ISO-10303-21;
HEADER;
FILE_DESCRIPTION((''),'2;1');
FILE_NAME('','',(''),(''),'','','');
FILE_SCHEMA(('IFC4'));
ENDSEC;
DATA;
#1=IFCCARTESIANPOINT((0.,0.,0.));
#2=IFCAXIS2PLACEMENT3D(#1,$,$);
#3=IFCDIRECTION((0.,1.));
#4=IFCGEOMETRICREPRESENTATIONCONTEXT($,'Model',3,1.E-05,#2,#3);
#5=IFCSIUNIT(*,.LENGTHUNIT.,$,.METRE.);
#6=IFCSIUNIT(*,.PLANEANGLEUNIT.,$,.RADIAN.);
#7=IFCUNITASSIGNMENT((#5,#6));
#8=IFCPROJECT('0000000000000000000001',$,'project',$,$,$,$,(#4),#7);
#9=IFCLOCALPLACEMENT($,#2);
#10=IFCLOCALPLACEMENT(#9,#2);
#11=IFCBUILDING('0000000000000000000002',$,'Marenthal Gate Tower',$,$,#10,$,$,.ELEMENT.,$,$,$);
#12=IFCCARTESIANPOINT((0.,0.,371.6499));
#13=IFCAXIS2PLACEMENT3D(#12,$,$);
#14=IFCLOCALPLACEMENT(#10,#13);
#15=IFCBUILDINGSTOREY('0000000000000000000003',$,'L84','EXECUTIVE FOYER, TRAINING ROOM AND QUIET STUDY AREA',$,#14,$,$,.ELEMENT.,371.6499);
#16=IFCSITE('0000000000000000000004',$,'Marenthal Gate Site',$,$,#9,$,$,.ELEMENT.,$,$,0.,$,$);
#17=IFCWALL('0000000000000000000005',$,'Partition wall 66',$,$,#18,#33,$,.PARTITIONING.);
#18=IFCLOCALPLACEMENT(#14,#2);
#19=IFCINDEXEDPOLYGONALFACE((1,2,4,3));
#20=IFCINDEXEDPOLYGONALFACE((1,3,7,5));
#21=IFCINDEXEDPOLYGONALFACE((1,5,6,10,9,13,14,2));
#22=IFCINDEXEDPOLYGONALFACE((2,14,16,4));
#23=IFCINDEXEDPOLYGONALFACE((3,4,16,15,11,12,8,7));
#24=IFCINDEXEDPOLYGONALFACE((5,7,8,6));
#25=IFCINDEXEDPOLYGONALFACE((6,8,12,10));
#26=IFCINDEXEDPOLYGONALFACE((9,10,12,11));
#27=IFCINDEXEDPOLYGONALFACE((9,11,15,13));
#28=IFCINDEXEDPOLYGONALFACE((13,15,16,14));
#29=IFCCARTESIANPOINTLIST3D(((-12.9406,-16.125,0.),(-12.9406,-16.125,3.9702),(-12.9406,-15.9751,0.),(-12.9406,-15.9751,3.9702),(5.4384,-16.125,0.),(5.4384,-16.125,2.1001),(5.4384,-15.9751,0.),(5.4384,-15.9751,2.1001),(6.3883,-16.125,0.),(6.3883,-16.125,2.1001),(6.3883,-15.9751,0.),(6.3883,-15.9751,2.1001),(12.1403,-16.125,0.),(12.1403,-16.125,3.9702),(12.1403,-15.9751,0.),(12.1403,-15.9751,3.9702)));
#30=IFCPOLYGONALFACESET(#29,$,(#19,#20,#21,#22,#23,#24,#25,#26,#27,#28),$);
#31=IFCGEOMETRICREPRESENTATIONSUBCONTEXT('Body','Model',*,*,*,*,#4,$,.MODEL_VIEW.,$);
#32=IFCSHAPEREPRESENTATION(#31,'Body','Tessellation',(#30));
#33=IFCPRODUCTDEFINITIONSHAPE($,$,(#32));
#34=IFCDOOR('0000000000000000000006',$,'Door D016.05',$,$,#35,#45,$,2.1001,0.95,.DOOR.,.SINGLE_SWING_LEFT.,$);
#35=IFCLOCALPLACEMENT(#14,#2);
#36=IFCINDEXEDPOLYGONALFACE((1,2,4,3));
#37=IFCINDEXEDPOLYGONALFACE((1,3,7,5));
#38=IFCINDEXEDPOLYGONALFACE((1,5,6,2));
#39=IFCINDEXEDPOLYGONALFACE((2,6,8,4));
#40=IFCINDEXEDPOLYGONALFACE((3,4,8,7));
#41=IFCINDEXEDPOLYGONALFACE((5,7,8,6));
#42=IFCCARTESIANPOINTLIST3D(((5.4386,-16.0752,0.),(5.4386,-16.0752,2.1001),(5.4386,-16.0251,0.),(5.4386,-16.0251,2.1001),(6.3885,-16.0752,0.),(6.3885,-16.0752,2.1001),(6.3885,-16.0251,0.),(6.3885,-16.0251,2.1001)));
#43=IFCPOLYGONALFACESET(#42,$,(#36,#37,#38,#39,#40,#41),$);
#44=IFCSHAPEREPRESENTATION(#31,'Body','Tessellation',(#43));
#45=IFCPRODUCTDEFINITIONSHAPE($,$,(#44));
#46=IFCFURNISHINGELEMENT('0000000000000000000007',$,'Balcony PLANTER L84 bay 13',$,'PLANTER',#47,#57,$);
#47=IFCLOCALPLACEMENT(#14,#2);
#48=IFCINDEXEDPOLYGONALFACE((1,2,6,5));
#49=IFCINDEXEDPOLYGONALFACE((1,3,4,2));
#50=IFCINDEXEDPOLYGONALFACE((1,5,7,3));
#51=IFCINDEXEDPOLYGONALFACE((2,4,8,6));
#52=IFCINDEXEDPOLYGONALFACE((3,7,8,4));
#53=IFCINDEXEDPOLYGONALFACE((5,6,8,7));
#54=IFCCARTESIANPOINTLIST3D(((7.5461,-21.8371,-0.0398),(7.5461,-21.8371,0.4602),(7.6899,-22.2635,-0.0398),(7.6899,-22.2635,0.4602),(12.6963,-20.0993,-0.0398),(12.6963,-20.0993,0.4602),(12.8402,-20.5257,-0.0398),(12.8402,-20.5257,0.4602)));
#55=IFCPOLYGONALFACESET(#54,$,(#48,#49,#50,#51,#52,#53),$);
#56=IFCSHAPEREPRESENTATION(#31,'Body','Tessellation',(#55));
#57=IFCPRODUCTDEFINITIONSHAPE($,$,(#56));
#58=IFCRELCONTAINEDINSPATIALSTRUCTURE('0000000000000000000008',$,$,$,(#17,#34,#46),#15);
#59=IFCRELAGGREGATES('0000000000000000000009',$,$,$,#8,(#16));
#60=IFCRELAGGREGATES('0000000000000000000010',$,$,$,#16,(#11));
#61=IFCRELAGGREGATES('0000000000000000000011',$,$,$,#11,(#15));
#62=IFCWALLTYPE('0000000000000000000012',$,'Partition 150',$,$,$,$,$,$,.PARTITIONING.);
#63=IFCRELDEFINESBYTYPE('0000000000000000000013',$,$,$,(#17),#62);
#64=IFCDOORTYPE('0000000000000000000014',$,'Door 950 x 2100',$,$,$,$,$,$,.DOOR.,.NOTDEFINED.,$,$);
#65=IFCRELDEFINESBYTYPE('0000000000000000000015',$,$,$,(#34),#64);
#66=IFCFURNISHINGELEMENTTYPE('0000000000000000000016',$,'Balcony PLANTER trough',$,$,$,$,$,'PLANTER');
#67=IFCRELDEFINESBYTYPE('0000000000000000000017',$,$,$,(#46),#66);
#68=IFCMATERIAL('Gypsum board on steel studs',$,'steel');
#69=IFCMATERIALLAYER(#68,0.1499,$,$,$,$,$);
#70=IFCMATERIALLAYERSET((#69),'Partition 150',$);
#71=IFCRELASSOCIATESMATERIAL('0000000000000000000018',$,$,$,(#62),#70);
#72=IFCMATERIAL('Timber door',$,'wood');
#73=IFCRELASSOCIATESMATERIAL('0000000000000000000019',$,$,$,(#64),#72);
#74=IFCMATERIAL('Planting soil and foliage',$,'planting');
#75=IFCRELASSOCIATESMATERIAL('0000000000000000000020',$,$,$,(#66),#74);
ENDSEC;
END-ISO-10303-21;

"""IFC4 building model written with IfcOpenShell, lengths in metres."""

from ifc_helpers import new_model, si_unit, direction, frame, frame_2d, origin, origin_2d, place, context, subcontext, project, spatial, rectangle, extrude, material, layer, layer_set, type_object, element, fill, save


model = new_model("IFC4")

# Units and contexts
model_context = context("Model", 3, precision=1e-05, world=origin(), true_north=direction((0.0, 1.0)))
body_context = subcontext(model_context, "Body", "Model", "MODEL_VIEW")
ifc_project = project(units=[si_unit("LENGTHUNIT", "METRE"), si_unit("PLANEANGLEUNIT", "RADIAN")], contexts=[model_context])

# Site, building, storey
site_placement = place(None, origin())
site = spatial("IfcSite", under=ifc_project, at=site_placement, Name="Marenthal Gate Site", CompositionType="ELEMENT", RefElevation=0.0)
building_placement = place(site_placement, origin())
building = spatial("IfcBuilding", under=site, at=building_placement, Name="Marenthal Gate Tower", CompositionType="ELEMENT")
storey_placement = place(building_placement, frame((0.0, 0.0, 371.6499)))
storey = spatial("IfcBuildingStorey", under=building, at=storey_placement, Name="L84", Description="EXECUTIVE FOYER, TRAINING ROOM AND QUIET STUDY AREA", CompositionType="ELEMENT", Elevation=371.6499)

# Shared definitions
ifc_material_1 = material(Name="Gypsum board on steel studs", Category="steel")
ifc_layer_1 = layer(ifc_material_1, 0.1499)
ifc_layer_set_1 = layer_set([ifc_layer_1], Name="Partition 150")
wall_type_1 = type_object("IfcWallType", Name="Partition 150", PredefinedType="PARTITIONING", material=ifc_layer_set_1)

# Wall, opening, door
wall_1_placement = place(storey_placement, frame((12.1404, -16.05, 0.0), z_axis=(0.0, 0.0, 1.0), x_axis=(-1.0, 0.0, 0.0)))
wall_1 = element("IfcWall", 1, at=wall_1_placement, inside=storey, type_object=wall_type_1, Name="Partition wall 66", PredefinedType="PARTITIONING", context=body_context, shape_type="SweptSolid", body=[
    extrude(rectangle(XDim=25.0808, YDim=0.1499, at=frame_2d((12.5405, 0.0))), origin(), (0.0, 0.0, 1.0), 3.9702),
])
opening_1_placement = place(wall_1_placement, frame((5.752, 0.0, 0.0)))
opening_1 = element("IfcOpeningElement", 2, at=opening_1_placement, cuts=wall_1, PredefinedType="OPENING", context=body_context, shape_type="SweptSolid", body=[
    extrude(rectangle(XDim=0.95, YDim=2.1001, at=frame_2d((0.4751, 1.05))), frame((0.0, 0.085, 0.0), z_axis=(0.0, -1.0, 0.0), x_axis=(1.0, 0.0, 0.0)), (0.0, 0.0, 1.0), 0.1699),
])
ifc_material_2 = material(Name="Timber door", Category="wood")
door_type_1 = type_object("IfcDoorType", Name="Door 950 x 2100", OperationType="NOTDEFINED", PredefinedType="DOOR", material=ifc_material_2)
door_1_placement = place(opening_1_placement, frame((0.95, 0.0, 0.0), z_axis=(0.0, 0.0, 1.0), x_axis=(-1.0, 0.0, 0.0)))
door_1 = element("IfcDoor", 3, at=door_1_placement, inside=storey, type_object=door_type_1, Name="Door D016.05", OperationType="SINGLE_SWING_LEFT", OverallHeight=2.1001, OverallWidth=0.95, PredefinedType="DOOR", context=body_context, shape_type="SweptSolid", body=[
    extrude(rectangle(XDim=0.95, YDim=2.1001, at=frame_2d((0.4751, 1.05))), frame((0.0, 0.0249, 0.0), z_axis=(0.0, -1.0, 0.0), x_axis=(1.0, 0.0, 0.0)), (0.0, 0.0, 1.0), 0.05),
])
fill(opening_1, door_1)

# Furnishing element
ifc_material_3 = material(Name="Planting soil and foliage", Category="planting")
furnishing_element_type = type_object("IfcFurnishingElementType", Name="Balcony PLANTER trough", ElementType="PLANTER", material=ifc_material_3)
furnishing_placement = place(storey_placement, frame((10.1931, -21.1814, -0.0398), z_axis=(0.0, 0.0, 1.0), x_axis=(0.947516, 0.319708, 0.0)))
element("IfcFurnishingElement", 4, at=furnishing_placement, inside=storey, type_object=furnishing_element_type, Name="Balcony PLANTER L84 bay 13", ObjectType="PLANTER", context=body_context, shape_type="SweptSolid", body=[
    extrude(rectangle(XDim=5.4355, YDim=0.45, at=origin_2d()), origin(), (0.0, 0.0, 1.0), 0.5),
])

save(model, "model.ifc")
